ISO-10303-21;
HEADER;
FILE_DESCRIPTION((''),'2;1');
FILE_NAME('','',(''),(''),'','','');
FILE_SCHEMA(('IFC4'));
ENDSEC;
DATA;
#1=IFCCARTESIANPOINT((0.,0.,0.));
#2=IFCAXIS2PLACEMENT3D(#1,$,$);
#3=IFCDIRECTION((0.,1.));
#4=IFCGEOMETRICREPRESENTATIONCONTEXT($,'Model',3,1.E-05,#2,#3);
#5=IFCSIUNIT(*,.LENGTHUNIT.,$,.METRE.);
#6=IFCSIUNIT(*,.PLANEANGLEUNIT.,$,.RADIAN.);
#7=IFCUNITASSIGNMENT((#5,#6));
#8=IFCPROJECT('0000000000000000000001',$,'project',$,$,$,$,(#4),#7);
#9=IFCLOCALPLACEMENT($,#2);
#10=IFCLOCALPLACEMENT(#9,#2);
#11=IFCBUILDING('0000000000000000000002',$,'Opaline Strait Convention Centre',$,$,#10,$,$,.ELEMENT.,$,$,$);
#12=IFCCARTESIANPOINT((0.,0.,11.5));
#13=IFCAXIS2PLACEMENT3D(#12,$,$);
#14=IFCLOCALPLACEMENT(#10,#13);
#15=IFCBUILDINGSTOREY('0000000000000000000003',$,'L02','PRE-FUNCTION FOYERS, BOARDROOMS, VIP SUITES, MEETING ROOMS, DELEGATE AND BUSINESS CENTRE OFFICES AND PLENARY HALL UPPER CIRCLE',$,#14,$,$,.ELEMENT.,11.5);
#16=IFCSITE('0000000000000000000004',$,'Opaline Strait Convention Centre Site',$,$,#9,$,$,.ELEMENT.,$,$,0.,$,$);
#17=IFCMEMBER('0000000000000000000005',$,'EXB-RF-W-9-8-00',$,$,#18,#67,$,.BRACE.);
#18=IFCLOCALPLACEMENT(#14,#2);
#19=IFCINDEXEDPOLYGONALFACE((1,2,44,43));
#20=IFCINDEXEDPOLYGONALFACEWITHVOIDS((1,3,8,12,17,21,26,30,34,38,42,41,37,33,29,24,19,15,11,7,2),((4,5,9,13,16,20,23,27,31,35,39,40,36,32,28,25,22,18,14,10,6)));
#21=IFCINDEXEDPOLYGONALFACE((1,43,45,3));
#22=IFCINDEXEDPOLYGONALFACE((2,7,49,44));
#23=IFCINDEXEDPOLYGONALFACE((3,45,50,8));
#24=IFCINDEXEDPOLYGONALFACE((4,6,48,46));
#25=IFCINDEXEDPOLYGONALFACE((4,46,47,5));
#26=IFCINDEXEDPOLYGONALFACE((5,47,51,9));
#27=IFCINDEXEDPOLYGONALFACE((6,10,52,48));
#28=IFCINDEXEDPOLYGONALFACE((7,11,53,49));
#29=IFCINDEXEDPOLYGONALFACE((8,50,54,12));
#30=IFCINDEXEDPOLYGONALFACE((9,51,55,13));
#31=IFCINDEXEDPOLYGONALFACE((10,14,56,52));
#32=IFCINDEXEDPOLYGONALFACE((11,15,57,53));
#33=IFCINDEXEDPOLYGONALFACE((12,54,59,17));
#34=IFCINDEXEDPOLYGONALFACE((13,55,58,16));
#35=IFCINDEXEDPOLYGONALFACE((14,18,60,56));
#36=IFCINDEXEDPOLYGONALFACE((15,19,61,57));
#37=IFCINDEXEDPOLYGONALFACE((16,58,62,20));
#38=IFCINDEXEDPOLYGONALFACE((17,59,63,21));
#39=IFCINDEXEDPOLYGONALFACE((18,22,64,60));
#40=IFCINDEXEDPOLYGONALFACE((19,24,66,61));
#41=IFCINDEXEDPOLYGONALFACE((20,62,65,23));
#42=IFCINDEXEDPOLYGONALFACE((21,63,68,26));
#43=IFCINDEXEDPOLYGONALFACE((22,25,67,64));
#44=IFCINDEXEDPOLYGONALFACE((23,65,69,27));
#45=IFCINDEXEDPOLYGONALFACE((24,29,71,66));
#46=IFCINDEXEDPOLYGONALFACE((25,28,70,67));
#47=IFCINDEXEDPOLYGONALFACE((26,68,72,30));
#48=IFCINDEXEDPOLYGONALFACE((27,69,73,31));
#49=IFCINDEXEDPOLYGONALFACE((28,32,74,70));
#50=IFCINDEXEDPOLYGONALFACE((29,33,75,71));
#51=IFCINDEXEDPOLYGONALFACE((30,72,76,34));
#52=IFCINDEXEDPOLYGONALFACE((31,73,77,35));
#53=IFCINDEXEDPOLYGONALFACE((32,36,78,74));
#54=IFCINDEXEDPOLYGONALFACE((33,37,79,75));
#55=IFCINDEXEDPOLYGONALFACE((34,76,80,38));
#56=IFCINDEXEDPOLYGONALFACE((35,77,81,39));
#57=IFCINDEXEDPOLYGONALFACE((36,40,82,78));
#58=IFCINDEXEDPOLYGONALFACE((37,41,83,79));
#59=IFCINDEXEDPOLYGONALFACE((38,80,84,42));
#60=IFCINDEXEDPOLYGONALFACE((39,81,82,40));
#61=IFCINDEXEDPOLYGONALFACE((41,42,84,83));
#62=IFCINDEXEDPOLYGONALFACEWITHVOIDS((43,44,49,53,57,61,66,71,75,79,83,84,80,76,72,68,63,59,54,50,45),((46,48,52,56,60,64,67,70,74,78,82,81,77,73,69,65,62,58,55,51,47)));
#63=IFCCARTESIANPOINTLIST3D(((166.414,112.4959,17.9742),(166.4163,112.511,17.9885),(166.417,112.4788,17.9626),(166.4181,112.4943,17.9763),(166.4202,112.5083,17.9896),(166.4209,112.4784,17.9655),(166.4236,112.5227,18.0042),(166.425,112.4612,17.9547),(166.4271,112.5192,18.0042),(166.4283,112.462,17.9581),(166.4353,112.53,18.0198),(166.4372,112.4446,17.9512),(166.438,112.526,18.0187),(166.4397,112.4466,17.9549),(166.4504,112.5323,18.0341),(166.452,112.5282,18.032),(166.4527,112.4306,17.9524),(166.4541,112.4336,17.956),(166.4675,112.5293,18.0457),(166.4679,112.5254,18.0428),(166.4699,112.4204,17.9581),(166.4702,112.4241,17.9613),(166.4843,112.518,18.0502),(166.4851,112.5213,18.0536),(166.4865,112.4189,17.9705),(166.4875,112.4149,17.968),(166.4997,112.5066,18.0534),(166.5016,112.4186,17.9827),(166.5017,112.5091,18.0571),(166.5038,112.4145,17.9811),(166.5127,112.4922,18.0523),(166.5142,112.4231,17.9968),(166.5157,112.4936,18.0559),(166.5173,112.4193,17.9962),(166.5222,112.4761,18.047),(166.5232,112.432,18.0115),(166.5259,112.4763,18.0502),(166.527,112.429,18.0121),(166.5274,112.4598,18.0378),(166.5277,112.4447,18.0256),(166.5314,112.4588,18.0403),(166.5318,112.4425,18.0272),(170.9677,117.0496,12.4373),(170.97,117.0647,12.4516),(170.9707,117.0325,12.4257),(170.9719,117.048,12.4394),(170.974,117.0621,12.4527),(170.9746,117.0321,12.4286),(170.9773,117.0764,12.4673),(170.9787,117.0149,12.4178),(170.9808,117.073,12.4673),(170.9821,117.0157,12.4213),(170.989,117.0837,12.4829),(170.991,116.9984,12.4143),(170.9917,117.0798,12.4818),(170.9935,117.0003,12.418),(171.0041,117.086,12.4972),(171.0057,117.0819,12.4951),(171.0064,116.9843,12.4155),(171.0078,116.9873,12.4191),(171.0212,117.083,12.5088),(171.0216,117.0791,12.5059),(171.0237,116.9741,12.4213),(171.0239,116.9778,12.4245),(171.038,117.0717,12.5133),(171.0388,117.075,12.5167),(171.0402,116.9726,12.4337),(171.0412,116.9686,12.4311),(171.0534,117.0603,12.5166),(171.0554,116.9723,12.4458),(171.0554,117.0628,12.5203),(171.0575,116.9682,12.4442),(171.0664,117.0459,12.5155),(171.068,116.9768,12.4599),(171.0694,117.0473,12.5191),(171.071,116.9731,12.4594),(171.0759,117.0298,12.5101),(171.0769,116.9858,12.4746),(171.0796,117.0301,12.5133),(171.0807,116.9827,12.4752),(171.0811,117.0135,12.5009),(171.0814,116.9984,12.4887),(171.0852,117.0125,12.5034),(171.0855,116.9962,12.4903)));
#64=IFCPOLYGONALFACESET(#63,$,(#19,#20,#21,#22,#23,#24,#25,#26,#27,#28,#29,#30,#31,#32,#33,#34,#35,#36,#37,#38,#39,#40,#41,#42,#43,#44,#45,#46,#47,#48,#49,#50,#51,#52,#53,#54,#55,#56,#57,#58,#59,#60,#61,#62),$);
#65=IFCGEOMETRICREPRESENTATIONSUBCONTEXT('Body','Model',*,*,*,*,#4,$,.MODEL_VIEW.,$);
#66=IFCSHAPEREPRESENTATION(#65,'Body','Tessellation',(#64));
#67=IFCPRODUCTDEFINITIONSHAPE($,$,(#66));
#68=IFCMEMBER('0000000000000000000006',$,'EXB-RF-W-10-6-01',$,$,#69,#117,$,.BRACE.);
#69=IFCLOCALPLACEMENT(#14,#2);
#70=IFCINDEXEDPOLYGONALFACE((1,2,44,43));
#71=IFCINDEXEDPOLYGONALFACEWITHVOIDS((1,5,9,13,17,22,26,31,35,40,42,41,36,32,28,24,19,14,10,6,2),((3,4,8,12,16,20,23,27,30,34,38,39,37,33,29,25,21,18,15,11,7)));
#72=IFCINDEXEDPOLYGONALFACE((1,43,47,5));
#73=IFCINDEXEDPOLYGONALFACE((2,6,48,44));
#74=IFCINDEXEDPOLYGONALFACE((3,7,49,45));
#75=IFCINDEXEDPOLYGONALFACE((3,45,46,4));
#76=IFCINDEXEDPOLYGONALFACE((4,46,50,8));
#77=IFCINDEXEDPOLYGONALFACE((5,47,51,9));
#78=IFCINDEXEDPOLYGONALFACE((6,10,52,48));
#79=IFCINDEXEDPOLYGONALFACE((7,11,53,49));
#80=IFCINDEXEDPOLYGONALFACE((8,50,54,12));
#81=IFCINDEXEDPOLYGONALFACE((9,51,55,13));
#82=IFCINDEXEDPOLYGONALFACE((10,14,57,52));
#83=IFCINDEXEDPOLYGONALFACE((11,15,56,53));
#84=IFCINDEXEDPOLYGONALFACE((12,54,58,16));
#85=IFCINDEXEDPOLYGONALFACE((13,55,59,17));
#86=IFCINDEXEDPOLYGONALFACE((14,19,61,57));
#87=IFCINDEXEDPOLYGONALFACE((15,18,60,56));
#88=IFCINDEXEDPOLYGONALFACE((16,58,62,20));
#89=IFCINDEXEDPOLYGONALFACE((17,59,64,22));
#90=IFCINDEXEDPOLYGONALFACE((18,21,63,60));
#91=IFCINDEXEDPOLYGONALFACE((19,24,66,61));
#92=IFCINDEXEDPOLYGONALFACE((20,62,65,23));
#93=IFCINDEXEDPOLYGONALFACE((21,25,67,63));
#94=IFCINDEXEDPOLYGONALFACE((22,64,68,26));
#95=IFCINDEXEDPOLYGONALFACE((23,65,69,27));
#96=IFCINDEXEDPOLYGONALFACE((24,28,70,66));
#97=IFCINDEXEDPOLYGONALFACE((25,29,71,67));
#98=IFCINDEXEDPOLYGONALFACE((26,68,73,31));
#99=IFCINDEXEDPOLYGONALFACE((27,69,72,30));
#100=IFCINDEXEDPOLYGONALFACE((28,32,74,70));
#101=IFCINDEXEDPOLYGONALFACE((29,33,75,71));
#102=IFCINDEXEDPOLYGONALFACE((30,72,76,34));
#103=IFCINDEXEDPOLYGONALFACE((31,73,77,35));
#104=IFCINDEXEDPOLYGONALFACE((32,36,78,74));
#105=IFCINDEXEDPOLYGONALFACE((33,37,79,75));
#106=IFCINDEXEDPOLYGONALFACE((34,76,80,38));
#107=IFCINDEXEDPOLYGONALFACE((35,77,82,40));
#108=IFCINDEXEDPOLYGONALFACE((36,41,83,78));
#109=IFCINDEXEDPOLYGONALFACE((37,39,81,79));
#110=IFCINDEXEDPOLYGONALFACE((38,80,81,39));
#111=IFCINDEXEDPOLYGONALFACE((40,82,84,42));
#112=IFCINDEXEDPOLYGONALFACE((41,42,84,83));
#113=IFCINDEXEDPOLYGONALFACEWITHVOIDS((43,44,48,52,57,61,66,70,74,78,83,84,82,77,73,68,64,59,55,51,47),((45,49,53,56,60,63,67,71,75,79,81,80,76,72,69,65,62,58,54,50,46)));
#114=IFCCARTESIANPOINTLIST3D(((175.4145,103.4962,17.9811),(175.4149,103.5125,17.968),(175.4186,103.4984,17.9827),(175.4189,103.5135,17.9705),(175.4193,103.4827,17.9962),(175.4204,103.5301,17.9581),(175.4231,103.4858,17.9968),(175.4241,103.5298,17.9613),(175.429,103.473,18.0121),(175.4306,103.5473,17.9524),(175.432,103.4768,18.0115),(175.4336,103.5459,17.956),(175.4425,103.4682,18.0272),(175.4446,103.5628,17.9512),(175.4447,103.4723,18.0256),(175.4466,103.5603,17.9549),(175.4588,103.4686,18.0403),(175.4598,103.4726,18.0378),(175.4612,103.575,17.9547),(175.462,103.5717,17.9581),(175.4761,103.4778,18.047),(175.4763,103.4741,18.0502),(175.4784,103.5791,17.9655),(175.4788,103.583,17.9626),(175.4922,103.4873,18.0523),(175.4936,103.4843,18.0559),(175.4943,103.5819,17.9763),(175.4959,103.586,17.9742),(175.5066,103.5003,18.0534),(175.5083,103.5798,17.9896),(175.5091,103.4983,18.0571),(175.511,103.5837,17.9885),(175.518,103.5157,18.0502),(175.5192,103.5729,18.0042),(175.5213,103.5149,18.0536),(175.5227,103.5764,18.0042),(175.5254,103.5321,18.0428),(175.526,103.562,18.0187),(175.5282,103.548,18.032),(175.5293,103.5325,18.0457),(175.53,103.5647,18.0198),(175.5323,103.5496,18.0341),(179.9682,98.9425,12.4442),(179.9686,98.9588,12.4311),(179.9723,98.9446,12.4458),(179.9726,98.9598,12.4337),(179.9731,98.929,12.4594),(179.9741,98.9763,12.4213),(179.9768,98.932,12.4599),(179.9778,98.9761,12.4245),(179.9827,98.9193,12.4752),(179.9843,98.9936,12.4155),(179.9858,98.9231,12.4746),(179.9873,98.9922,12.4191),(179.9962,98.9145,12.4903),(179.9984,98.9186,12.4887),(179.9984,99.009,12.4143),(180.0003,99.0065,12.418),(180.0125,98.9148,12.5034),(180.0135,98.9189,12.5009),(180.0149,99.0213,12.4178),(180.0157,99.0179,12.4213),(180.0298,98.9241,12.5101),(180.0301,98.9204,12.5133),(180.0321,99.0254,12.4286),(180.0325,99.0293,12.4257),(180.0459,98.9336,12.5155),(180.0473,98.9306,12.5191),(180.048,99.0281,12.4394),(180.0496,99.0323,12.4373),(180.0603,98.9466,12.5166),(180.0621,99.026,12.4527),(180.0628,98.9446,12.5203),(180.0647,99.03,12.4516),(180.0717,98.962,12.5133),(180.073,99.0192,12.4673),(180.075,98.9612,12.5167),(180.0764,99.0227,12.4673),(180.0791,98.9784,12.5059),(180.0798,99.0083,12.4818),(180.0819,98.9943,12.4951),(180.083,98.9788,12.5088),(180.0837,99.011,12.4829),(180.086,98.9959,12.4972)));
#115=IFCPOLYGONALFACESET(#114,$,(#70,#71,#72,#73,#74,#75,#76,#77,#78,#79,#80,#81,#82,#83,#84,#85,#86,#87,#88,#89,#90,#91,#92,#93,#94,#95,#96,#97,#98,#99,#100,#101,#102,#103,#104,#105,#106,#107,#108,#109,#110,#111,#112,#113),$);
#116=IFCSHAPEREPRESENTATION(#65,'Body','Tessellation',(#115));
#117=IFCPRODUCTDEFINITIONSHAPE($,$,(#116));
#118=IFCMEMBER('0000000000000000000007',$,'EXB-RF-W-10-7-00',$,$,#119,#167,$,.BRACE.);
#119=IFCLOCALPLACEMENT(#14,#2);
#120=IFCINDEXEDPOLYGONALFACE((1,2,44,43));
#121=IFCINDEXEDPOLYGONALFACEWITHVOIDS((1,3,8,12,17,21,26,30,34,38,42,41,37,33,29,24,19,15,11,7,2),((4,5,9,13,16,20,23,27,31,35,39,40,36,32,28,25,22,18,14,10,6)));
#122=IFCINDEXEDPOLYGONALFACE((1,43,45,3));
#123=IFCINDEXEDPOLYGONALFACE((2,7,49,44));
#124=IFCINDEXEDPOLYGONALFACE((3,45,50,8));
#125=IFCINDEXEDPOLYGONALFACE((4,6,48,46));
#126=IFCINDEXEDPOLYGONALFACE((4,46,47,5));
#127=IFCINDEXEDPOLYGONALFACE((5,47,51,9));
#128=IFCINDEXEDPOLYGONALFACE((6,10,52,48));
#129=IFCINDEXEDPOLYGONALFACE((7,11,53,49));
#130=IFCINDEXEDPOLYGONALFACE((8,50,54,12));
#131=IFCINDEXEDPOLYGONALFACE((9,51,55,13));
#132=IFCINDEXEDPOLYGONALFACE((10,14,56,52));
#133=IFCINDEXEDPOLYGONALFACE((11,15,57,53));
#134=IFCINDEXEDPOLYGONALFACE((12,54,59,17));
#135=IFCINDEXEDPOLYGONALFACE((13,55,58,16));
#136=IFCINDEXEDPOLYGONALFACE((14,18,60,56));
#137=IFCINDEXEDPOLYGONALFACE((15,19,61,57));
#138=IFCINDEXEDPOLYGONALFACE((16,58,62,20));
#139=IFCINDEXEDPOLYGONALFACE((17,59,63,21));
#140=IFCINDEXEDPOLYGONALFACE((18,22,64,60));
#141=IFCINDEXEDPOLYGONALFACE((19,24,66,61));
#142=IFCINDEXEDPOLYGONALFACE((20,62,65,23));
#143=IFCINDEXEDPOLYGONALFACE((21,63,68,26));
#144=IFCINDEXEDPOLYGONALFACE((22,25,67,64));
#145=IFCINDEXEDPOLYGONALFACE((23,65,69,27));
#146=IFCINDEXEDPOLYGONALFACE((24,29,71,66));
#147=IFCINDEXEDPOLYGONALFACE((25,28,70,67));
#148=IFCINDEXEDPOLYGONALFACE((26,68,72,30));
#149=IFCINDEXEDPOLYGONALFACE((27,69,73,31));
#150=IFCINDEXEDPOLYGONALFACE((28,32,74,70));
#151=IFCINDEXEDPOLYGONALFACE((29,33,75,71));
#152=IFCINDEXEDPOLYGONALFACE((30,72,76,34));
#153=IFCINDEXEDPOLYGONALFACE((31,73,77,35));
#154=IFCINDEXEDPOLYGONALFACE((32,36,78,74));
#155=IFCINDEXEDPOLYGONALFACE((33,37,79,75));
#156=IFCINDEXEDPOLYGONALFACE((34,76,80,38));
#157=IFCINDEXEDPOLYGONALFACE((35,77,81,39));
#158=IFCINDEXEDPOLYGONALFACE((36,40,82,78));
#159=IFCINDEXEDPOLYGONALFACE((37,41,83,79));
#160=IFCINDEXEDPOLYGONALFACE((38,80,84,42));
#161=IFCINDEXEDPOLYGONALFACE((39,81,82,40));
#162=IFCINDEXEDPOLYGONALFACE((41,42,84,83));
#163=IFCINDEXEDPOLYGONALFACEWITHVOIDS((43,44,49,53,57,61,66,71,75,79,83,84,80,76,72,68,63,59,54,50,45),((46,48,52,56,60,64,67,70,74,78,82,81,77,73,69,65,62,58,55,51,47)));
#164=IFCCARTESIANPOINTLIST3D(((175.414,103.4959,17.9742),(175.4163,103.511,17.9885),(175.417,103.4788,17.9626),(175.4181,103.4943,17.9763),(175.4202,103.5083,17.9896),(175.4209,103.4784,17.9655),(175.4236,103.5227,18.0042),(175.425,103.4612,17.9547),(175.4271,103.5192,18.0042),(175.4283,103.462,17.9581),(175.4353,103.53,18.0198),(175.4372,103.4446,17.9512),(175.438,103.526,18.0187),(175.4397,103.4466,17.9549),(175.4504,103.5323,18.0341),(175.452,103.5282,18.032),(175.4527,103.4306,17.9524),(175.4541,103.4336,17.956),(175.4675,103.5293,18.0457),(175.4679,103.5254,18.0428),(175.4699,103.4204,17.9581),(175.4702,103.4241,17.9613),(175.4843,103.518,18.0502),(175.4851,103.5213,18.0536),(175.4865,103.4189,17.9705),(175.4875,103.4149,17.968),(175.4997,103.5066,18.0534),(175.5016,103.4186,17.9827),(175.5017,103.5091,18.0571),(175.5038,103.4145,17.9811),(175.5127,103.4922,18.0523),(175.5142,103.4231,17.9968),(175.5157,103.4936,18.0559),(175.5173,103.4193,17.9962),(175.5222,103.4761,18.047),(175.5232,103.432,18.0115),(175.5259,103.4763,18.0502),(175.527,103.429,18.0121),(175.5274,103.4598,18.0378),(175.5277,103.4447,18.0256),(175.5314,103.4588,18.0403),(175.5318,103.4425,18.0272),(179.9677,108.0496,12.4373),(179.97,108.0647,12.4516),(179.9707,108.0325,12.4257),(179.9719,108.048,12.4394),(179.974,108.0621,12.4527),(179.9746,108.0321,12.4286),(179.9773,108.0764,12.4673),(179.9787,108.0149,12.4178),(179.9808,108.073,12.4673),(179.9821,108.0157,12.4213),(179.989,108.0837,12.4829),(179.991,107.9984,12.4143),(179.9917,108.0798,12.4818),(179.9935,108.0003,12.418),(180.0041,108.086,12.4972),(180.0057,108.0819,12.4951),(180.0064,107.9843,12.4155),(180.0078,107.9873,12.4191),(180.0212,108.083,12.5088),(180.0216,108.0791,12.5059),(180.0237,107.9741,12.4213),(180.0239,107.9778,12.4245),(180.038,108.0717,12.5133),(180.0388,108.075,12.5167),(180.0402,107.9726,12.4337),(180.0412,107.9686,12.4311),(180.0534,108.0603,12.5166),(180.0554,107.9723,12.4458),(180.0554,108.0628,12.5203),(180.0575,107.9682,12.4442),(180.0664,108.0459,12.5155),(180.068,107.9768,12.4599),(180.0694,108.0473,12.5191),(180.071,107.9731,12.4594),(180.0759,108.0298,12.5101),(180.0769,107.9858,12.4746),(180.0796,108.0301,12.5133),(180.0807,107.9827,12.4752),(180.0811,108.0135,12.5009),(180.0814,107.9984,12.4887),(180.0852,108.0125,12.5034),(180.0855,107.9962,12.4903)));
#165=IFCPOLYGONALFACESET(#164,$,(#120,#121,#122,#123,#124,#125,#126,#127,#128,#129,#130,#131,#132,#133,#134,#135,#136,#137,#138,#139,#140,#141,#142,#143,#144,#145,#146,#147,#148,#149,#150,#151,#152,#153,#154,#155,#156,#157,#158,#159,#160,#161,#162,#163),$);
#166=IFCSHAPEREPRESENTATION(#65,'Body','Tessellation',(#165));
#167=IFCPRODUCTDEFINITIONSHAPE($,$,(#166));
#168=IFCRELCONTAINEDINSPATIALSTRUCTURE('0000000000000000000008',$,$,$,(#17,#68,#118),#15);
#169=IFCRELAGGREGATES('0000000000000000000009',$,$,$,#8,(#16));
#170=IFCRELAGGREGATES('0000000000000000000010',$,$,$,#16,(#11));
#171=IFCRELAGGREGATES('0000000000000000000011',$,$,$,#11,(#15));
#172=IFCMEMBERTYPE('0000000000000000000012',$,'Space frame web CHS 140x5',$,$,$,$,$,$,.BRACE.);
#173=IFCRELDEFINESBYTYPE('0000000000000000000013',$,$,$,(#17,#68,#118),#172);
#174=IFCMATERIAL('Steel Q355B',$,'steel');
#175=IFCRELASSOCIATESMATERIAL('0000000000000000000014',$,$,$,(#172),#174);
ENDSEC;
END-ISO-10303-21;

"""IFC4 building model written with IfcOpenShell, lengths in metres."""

from ifc_helpers import new_model, si_unit, direction, frame, origin, origin_2d, place, context, subcontext, project, spatial, hollow_circle, extrude, material, material_profile, profile_set, type_object, element, save


model = new_model("IFC4")

# Units and contexts
model_context = context("Model", 3, precision=1e-05, world=origin(), true_north=direction((0.0, 1.0)))
body_context = subcontext(model_context, "Body", "Model", "MODEL_VIEW")
ifc_project = project(units=[si_unit("LENGTHUNIT", "METRE"), si_unit("PLANEANGLEUNIT", "RADIAN")], contexts=[model_context])

# Site, building, storey
site_placement = place(None, origin())
site = spatial("IfcSite", under=ifc_project, at=site_placement, Name="Opaline Strait Convention Centre Site", CompositionType="ELEMENT", RefElevation=0.0)
building_placement = place(site_placement, origin())
building = spatial("IfcBuilding", under=site, at=building_placement, Name="Opaline Strait Convention Centre", CompositionType="ELEMENT")
storey_placement = place(building_placement, frame((0.0, 0.0, 11.5)))
storey = spatial("IfcBuildingStorey", under=building, at=storey_placement, Name="L02", Description="PRE-FUNCTION FOYERS, BOARDROOMS, VIP SUITES, MEETING ROOMS, DELEGATE AND BUSINESS CENTRE OFFICES AND PLENARY HALL UPPER CIRCLE", CompositionType="ELEMENT", Elevation=11.5)

# Members
ifc_material = material(Name="Steel Q355B", Category="steel")
ifc_material_profile_1 = material_profile(ifc_material, hollow_circle(Radius=0.0701, WallThickness=0.0049, at=origin_2d()), Name="CHS 140x5")
ifc_profile_set_1 = profile_set([ifc_material_profile_1], Name="Steel Q355B")
member_type_1 = type_object("IfcMemberType", Name="Space frame web CHS 140x5", PredefinedType="BRACE", material=ifc_profile_set_1)
for number, where, z_axis, x_axis, name in (
    (1, (166.4731, 112.4731, 18.0042), (0.536178, 0.536178, -0.65194), (-0.707107, 0.707107, 0.0), "EXB-RF-W-9-8-00"),
    (2, (175.4731, 103.5269, 18.0042), (0.536178, -0.536178, -0.65194), (0.707107, 0.707107, 0.0), "EXB-RF-W-10-6-01"),
    (3, (175.4731, 103.4731, 18.0042), (0.536178, 0.536178, -0.65194), (-0.707107, 0.707107, 0.0), "EXB-RF-W-10-7-00"),
):
    element("IfcMember", number, at=place(storey_placement, frame(where, z_axis=z_axis, x_axis=x_axis)), inside=storey, type_object=member_type_1, Name=name, PredefinedType="BRACE", context=body_context, shape_type="SweptSolid", body=[
        extrude(hollow_circle(Radius=0.0701, WallThickness=0.0049, at=origin_2d()), origin(), (0.0, 0.0, 1.0), 8.4929),
    ])

save(model, "model.ifc")
